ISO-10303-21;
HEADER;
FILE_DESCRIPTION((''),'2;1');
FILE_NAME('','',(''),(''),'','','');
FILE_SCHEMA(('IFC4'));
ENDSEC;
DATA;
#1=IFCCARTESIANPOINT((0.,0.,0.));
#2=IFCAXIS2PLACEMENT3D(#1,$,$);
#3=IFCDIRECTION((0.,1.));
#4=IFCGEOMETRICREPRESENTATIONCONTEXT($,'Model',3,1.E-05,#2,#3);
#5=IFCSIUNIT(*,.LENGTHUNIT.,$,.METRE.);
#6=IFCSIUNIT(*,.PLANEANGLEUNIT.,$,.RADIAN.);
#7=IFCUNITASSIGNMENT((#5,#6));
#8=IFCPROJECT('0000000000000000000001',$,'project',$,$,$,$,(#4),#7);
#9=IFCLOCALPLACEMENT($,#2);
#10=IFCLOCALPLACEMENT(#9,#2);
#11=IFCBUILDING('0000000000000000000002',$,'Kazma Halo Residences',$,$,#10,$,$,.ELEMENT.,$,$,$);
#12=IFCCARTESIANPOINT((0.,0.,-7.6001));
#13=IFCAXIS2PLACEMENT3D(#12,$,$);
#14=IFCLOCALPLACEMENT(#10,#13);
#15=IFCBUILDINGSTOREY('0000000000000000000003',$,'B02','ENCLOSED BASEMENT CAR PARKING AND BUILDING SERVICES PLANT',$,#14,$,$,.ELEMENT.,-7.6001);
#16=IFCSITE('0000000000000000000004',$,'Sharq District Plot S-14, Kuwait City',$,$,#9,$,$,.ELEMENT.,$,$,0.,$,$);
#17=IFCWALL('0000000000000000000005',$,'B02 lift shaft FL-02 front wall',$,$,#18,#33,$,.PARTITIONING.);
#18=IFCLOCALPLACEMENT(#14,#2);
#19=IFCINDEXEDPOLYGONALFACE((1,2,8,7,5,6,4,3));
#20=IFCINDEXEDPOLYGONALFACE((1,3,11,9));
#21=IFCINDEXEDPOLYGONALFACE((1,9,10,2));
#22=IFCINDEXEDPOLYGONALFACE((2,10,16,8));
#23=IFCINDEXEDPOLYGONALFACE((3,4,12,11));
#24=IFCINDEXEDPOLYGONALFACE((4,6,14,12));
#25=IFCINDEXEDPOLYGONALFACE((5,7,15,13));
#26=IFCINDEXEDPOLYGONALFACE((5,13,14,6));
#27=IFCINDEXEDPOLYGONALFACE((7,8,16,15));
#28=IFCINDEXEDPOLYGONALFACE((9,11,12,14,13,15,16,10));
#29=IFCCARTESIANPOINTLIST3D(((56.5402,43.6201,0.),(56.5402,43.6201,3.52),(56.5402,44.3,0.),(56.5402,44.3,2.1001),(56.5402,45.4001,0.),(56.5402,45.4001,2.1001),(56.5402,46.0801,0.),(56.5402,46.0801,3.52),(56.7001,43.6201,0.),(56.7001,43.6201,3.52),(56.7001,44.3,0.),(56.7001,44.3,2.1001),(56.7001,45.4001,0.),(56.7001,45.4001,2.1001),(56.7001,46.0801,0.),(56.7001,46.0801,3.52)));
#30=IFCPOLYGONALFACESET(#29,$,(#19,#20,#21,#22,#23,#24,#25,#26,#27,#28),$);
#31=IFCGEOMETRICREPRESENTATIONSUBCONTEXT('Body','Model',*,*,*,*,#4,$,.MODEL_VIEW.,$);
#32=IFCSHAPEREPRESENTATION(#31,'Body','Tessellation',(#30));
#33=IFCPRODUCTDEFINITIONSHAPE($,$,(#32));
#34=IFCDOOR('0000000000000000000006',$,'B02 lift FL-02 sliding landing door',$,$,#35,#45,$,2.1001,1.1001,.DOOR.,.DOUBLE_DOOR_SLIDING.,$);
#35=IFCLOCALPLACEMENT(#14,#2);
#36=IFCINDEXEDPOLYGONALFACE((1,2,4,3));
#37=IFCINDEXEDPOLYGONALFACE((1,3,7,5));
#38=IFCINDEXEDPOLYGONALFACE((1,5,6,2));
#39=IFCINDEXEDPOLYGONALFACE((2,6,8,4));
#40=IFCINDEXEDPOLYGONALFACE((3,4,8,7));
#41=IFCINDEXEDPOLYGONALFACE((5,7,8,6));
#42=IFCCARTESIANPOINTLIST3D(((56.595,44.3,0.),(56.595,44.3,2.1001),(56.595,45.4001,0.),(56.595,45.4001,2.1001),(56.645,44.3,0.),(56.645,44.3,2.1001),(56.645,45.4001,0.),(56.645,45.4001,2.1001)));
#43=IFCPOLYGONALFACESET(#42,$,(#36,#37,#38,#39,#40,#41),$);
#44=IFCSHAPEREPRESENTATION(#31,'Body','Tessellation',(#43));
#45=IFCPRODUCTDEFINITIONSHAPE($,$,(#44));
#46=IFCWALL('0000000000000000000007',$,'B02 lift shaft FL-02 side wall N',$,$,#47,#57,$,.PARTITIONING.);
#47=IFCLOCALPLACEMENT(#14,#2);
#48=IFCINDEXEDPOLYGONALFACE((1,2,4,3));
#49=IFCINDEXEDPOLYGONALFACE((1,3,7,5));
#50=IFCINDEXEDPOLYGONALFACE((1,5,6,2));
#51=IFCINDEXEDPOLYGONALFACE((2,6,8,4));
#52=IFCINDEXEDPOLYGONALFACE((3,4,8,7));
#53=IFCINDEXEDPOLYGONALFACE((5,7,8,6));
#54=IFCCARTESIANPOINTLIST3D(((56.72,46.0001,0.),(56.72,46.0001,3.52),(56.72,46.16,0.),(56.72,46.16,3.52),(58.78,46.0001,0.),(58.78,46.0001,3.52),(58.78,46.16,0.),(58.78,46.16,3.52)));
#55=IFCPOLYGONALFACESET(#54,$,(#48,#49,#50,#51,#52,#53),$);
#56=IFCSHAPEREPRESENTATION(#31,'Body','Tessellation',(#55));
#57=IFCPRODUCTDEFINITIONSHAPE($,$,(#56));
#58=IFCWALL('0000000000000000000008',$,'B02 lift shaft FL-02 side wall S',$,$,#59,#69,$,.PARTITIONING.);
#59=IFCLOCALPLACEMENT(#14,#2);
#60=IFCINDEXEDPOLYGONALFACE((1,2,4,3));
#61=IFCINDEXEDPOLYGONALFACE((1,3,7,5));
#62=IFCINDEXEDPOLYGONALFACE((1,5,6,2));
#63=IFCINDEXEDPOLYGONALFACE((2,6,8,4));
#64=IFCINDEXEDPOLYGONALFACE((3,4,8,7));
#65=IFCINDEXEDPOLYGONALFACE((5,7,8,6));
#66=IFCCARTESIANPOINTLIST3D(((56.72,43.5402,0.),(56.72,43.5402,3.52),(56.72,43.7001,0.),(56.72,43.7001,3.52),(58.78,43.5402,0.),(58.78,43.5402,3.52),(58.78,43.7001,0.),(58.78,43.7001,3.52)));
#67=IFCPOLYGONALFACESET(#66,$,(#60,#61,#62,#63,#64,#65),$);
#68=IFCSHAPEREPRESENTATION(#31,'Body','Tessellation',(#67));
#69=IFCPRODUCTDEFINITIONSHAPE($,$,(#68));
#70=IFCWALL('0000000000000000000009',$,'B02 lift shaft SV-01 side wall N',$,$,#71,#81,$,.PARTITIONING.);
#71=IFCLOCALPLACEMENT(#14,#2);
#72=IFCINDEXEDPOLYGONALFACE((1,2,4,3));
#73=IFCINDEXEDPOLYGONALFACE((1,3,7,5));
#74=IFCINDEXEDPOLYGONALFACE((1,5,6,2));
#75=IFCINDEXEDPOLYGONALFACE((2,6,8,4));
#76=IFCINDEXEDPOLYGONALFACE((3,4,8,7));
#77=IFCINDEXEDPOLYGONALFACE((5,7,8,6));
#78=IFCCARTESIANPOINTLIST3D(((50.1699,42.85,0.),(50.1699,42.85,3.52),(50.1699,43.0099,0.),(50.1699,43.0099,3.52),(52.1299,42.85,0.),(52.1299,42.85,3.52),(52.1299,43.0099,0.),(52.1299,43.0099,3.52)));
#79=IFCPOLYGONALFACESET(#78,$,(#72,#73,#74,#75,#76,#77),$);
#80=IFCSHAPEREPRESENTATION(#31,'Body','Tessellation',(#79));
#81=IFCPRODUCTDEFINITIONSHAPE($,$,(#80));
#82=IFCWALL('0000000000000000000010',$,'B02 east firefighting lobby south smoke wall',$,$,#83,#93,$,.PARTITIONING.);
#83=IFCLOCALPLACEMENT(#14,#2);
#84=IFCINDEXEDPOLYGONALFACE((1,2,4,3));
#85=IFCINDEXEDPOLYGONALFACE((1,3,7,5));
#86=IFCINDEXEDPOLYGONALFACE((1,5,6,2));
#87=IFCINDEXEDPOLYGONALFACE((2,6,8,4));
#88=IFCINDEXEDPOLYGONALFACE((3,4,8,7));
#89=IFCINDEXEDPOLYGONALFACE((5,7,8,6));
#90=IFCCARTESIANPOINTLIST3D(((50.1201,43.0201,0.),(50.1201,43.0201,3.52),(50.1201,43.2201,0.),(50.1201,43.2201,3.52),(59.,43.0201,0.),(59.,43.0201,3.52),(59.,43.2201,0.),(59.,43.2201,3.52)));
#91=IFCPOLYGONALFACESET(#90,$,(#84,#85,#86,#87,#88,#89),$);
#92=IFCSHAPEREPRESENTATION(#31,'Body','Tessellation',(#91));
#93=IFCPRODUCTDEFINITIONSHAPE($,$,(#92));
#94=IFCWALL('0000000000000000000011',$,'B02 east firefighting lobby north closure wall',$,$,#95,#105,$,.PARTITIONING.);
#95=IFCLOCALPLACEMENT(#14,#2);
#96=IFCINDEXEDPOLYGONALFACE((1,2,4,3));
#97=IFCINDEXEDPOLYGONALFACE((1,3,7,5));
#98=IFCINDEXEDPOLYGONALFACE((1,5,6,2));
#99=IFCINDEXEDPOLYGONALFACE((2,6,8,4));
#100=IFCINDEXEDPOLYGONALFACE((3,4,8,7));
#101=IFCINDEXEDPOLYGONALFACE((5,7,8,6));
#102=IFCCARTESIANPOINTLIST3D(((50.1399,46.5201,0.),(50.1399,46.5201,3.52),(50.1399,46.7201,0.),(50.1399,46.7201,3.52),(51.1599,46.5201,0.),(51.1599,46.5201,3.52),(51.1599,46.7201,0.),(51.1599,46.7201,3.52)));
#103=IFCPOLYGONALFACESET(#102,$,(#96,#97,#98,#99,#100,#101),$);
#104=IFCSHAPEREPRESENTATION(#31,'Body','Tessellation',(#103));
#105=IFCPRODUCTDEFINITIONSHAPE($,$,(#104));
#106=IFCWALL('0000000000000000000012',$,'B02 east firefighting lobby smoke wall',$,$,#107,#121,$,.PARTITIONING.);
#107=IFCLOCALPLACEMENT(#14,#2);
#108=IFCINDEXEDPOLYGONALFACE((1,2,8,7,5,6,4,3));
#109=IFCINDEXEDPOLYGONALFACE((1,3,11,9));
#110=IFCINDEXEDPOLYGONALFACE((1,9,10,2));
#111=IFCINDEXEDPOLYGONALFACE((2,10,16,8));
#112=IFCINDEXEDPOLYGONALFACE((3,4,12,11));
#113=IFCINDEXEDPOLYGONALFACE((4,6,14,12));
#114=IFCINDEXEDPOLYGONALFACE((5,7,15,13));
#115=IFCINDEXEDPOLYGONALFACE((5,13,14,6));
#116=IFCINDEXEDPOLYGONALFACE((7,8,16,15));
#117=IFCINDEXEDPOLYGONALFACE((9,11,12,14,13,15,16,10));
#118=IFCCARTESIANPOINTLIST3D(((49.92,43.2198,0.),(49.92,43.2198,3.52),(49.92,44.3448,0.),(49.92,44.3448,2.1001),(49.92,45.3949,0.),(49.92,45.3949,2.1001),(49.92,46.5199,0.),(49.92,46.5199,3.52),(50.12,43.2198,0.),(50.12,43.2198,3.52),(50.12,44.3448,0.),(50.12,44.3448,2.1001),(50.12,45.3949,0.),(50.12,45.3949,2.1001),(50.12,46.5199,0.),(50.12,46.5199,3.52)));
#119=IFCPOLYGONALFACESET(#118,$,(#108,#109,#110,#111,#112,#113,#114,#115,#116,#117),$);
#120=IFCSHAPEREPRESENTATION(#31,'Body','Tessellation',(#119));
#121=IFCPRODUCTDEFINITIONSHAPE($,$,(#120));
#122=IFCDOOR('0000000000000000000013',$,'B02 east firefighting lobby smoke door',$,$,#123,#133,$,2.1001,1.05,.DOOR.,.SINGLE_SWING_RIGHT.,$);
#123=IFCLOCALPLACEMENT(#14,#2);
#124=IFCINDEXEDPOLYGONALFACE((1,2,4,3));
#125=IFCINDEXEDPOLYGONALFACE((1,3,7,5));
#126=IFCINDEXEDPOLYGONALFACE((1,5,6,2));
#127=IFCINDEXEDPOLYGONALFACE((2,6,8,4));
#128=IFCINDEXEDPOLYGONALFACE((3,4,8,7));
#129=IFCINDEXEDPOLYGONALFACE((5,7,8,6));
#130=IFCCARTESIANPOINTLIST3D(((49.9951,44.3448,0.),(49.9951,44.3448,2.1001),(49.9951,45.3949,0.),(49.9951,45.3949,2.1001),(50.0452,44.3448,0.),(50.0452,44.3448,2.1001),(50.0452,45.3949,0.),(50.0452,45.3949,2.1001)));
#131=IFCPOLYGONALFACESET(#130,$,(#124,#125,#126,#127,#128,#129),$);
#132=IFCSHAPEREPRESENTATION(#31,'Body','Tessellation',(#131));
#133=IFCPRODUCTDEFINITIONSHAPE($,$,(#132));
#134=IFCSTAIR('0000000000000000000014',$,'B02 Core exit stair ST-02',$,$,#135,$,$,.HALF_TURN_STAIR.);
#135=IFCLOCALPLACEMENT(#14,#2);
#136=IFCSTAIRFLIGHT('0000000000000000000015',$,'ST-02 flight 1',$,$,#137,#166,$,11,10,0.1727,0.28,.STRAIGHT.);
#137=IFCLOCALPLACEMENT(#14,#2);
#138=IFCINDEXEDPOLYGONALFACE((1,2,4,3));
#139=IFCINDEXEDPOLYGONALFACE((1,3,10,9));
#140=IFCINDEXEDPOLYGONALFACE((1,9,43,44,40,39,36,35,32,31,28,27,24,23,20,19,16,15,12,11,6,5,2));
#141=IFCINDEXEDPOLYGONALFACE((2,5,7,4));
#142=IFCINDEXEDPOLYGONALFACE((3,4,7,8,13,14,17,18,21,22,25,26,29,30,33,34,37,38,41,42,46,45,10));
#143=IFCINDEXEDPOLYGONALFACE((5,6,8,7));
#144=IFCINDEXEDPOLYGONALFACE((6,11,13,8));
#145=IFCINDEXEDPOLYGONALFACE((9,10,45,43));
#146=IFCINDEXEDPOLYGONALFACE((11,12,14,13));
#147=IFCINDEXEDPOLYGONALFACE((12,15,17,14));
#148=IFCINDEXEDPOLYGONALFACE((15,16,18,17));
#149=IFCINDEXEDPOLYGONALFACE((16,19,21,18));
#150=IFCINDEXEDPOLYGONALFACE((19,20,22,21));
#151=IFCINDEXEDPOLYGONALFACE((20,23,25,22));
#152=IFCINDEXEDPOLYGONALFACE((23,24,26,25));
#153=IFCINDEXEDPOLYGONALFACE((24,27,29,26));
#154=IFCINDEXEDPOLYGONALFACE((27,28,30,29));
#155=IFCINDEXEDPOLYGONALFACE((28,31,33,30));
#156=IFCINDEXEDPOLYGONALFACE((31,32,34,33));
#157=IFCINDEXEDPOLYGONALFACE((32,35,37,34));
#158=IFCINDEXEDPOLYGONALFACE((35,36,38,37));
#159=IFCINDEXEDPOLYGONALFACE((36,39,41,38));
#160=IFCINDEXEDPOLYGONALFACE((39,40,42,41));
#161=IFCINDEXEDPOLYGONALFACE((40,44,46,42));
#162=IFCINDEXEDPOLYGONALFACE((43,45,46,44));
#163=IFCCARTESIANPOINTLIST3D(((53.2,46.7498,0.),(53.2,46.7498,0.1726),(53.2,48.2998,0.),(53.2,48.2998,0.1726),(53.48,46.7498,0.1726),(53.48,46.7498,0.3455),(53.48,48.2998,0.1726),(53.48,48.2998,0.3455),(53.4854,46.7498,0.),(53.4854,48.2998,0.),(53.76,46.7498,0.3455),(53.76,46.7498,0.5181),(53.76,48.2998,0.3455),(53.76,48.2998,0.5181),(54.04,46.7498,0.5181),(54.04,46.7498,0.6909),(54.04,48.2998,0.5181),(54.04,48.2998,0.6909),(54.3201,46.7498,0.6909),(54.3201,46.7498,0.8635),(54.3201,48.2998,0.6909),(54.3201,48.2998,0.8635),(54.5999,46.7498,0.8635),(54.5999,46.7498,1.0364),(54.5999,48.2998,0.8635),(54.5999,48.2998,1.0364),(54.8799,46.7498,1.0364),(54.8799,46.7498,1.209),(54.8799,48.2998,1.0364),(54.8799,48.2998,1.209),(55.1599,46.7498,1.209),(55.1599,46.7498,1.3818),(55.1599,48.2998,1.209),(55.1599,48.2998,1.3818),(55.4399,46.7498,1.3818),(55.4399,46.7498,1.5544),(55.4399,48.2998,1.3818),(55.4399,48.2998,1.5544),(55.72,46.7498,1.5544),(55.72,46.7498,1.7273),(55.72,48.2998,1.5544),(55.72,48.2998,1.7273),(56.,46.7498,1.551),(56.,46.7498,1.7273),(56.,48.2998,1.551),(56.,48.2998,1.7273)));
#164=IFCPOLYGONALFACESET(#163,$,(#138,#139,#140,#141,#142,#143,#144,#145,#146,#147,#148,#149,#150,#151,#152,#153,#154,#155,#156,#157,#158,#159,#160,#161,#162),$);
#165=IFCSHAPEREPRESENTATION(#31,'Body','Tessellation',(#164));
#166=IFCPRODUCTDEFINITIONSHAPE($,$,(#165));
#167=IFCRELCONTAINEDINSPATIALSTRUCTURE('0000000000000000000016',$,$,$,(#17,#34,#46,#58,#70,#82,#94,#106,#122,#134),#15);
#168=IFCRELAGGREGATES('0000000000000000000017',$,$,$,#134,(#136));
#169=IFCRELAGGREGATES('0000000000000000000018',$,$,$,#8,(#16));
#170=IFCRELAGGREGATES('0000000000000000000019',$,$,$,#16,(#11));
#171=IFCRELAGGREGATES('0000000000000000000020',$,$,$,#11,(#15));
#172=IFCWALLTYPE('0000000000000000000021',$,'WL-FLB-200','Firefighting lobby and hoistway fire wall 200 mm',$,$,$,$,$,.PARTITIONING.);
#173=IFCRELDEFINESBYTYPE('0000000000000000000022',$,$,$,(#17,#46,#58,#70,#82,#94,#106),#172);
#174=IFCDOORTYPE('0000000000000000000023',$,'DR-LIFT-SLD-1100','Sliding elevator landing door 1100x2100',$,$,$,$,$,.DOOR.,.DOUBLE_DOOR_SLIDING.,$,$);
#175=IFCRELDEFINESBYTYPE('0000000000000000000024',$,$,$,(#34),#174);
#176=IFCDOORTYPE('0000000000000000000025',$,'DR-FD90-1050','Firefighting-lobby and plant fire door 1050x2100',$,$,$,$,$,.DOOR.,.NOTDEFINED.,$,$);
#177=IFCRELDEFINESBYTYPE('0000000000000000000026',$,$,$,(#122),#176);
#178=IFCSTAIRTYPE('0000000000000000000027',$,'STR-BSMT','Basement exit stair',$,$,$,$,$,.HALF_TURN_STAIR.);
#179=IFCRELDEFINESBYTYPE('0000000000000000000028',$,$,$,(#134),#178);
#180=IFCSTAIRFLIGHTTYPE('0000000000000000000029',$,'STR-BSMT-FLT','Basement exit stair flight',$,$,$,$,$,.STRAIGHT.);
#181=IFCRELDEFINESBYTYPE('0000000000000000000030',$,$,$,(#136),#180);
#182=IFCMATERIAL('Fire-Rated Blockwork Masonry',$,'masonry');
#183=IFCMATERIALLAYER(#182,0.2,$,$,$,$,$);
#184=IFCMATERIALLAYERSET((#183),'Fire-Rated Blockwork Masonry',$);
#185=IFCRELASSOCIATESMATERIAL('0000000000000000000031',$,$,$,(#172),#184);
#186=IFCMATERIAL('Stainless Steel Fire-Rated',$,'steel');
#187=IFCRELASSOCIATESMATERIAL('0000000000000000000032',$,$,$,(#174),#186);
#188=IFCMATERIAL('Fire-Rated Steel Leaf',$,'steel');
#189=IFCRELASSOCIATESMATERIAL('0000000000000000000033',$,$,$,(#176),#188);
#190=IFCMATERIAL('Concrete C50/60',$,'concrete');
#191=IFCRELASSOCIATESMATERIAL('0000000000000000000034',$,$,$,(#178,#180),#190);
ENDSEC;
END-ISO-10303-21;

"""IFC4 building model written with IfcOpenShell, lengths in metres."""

from ifc_helpers import new_model, si_unit, direction, frame, frame_2d, origin, place, context, subcontext, project, spatial, polyline, rectangle, outline, extrude, material, layer, layer_set, type_object, element, fill, aggregate, save


model = new_model("IFC4")

# Units and contexts
model_context = context("Model", 3, precision=1e-05, world=origin(), true_north=direction((0.0, 1.0)))
body_context = subcontext(model_context, "Body", "Model", "MODEL_VIEW")
ifc_project = project(units=[si_unit("LENGTHUNIT", "METRE"), si_unit("PLANEANGLEUNIT", "RADIAN")], contexts=[model_context])

# Site, building, storey
site_placement = place(None, origin())
site = spatial("IfcSite", under=ifc_project, at=site_placement, Name="Sharq District Plot S-14, Kuwait City", CompositionType="ELEMENT", RefElevation=0.0)
building_placement = place(site_placement, origin())
building = spatial("IfcBuilding", under=site, at=building_placement, Name="Kazma Halo Residences", CompositionType="ELEMENT")
storey_placement = place(building_placement, frame((0.0, 0.0, -7.6001)))
storey = spatial("IfcBuildingStorey", under=building, at=storey_placement, Name="B02", Description="ENCLOSED BASEMENT CAR PARKING AND BUILDING SERVICES PLANT", CompositionType="ELEMENT", Elevation=-7.6001)

# Wall, opening, door
ifc_material_1 = material(Name="Fire-Rated Blockwork Masonry", Category="masonry")
ifc_layer_1 = layer(ifc_material_1, 0.2)
ifc_layer_set_1 = layer_set([ifc_layer_1], Name="Fire-Rated Blockwork Masonry")
wall_type_1 = type_object("IfcWallType", Name="WL-FLB-200", Description="Firefighting lobby and hoistway fire wall 200 mm", PredefinedType="PARTITIONING", material=ifc_layer_set_1)
wall_1_placement = place(storey_placement, frame((56.6201, 46.0801, 0.0), z_axis=(0.0, 0.0, 1.0), x_axis=(0.0, -1.0, 0.0)))
wall_1 = element("IfcWall", 1, at=wall_1_placement, inside=storey, type_object=wall_type_1, Name="B02 lift shaft FL-02 front wall", PredefinedType="PARTITIONING", context=body_context, shape_type="SweptSolid", body=[
    extrude(rectangle(XDim=2.46, YDim=0.1599, at=frame_2d((1.23, 0.0))), origin(), (0.0, 0.0, 1.0), 3.52),
])
opening_1_placement = place(wall_1_placement, frame((0.6799, 0.0, 0.0)))
opening_1 = element("IfcOpeningElement", 2, at=opening_1_placement, cuts=wall_1, PredefinedType="OPENING", context=body_context, shape_type="SweptSolid", body=[
    extrude(rectangle(XDim=1.1001, YDim=2.1001, at=frame_2d((0.55, 1.05))), frame((0.0, 0.0898, 0.0), z_axis=(0.0, -1.0, 0.0), x_axis=(1.0, 0.0, 0.0)), (0.0, 0.0, 1.0), 0.1799),
])
ifc_material_2 = material(Name="Stainless Steel Fire-Rated", Category="steel")
door_type_1 = type_object("IfcDoorType", Name="DR-LIFT-SLD-1100", Description="Sliding elevator landing door 1100x2100", OperationType="DOUBLE_DOOR_SLIDING", PredefinedType="DOOR", material=ifc_material_2)
door_1_placement = place(opening_1_placement, origin())
door_1 = element("IfcDoor", 3, at=door_1_placement, inside=storey, type_object=door_type_1, Name="B02 lift FL-02 sliding landing door", OperationType="DOUBLE_DOOR_SLIDING", OverallHeight=2.1001, OverallWidth=1.1001, PredefinedType="DOOR", context=body_context, shape_type="SweptSolid", body=[
    extrude(rectangle(XDim=1.1001, YDim=2.1001, at=frame_2d((0.55, 1.05))), frame((0.0, 0.0249, 0.0), z_axis=(0.0, -1.0, 0.0), x_axis=(1.0, 0.0, 0.0)), (0.0, 0.0, 1.0), 0.05),
])
fill(opening_1, door_1)

# Walls
for number, where, z_axis, x_axis, name in (
    (4, (56.72, 46.0801, 0.0), (0.0, 0.0, 1.0), (1.0, 0.0, 0.0), "B02 lift shaft FL-02 side wall N"),
    (5, (56.72, 43.6201, 0.0), (0.0, 0.0, 1.0), (1.0, 0.0, 0.0), "B02 lift shaft FL-02 side wall S"),
):
    element("IfcWall", number, at=place(storey_placement, frame(where, z_axis=z_axis, x_axis=x_axis)), inside=storey, type_object=wall_type_1, Name=name, PredefinedType="PARTITIONING", context=body_context, shape_type="SweptSolid", body=[
        extrude(rectangle(XDim=2.0601, YDim=0.1599, at=frame_2d((1.03, 0.0))), origin(), (0.0, 0.0, 1.0), 3.52),
    ])
wall_2_placement = place(storey_placement, frame((50.1699, 42.9299, 0.0), z_axis=(0.0, 0.0, 1.0), x_axis=(1.0, 0.0, 0.0)))
element("IfcWall", 6, at=wall_2_placement, inside=storey, type_object=wall_type_1, Name="B02 lift shaft SV-01 side wall N", PredefinedType="PARTITIONING", context=body_context, shape_type="SweptSolid", body=[
    extrude(rectangle(XDim=1.96, YDim=0.1599, at=frame_2d((0.98, 0.0))), origin(), (0.0, 0.0, 1.0), 3.52),
])
wall_3_placement = place(storey_placement, frame((50.1201, 43.1201, 0.0), z_axis=(0.0, 0.0, 1.0), x_axis=(1.0, 0.0, 0.0)))
element("IfcWall", 7, at=wall_3_placement, inside=storey, type_object=wall_type_1, Name="B02 east firefighting lobby south smoke wall", PredefinedType="PARTITIONING", context=body_context, shape_type="SweptSolid", body=[
    extrude(rectangle(XDim=8.8799, YDim=0.2, at=frame_2d((4.4399, 0.0))), origin(), (0.0, 0.0, 1.0), 3.52),
])
wall_4_placement = place(storey_placement, frame((50.1399, 46.6201, 0.0), z_axis=(0.0, 0.0, 1.0), x_axis=(1.0, 0.0, 0.0)))
element("IfcWall", 8, at=wall_4_placement, inside=storey, type_object=wall_type_1, Name="B02 east firefighting lobby north closure wall", PredefinedType="PARTITIONING", context=body_context, shape_type="SweptSolid", body=[
    extrude(rectangle(XDim=1.02, YDim=0.2, at=frame_2d((0.51, 0.0))), origin(), (0.0, 0.0, 1.0), 3.52),
])

# Wall, opening, door
wall_5_placement = place(storey_placement, frame((50.02, 43.22, 0.0), z_axis=(0.0, 0.0, 1.0), x_axis=(0.0, 1.0, 0.0)))
wall_5 = element("IfcWall", 9, at=wall_5_placement, inside=storey, type_object=wall_type_1, Name="B02 east firefighting lobby smoke wall", PredefinedType="PARTITIONING", context=body_context, shape_type="SweptSolid", body=[
    extrude(rectangle(XDim=3.3, YDim=0.2, at=frame_2d((1.6499, 0.0))), origin(), (0.0, 0.0, 1.0), 3.52),
])
opening_2_placement = place(wall_5_placement, frame((1.125, 0.0, 0.0)))
opening_2 = element("IfcOpeningElement", 10, at=opening_2_placement, cuts=wall_5, PredefinedType="OPENING", context=body_context, shape_type="SweptSolid", body=[
    extrude(rectangle(XDim=1.05, YDim=2.1001, at=frame_2d((0.5249, 1.05))), frame((0.0, 0.1099, 0.0), z_axis=(0.0, -1.0, 0.0), x_axis=(1.0, 0.0, 0.0)), (0.0, 0.0, 1.0), 0.22),
])
ifc_material_3 = material(Name="Fire-Rated Steel Leaf", Category="steel")
door_type_2 = type_object("IfcDoorType", Name="DR-FD90-1050", Description="Firefighting-lobby and plant fire door 1050x2100", OperationType="NOTDEFINED", PredefinedType="DOOR", material=ifc_material_3)
door_2_placement = place(opening_2_placement, origin())
door_2 = element("IfcDoor", 11, at=door_2_placement, inside=storey, type_object=door_type_2, Name="B02 east firefighting lobby smoke door", OperationType="SINGLE_SWING_RIGHT", OverallHeight=2.1001, OverallWidth=1.05, PredefinedType="DOOR", context=body_context, shape_type="SweptSolid", body=[
    extrude(rectangle(XDim=1.05, YDim=2.1001, at=frame_2d((0.5249, 1.05))), frame((0.0, 0.0249, 0.0), z_axis=(0.0, -1.0, 0.0), x_axis=(1.0, 0.0, 0.0)), (0.0, 0.0, 1.0), 0.05),
])
fill(opening_2, door_2)
ifc_material_4 = material(Name="Concrete C50/60", Category="concrete")

# Stair, stair flight
stair_type = type_object("IfcStairType", Name="STR-BSMT", Description="Basement exit stair", PredefinedType="HALF_TURN_STAIR", material=ifc_material_4)
stair_placement = place(storey_placement, origin())
stair = element("IfcStair", 12, at=stair_placement, inside=storey, type_object=stair_type, Name="B02 Core exit stair ST-02", PredefinedType="HALF_TURN_STAIR")
stair_flight_type = type_object("IfcStairFlightType", Name="STR-BSMT-FLT", Description="Basement exit stair flight", PredefinedType="STRAIGHT", material=ifc_material_4)
stair_flight_placement = place(storey_placement, frame((53.2, 47.5249, 0.0), z_axis=(0.0, 0.0, 1.0), x_axis=(1.0, 0.0, 0.0)))
stair_flight = element("IfcStairFlight", 13, at=stair_flight_placement, type_object=stair_flight_type, Name="ST-02 flight 1", NumberOfRisers=11, NumberOfTreads=10, PredefinedType="STRAIGHT", RiserHeight=0.1727, TreadLength=0.28, context=body_context, shape_type="SweptSolid", body=[
    extrude(outline(polyline([(0.0, 0.0), (0.0, 0.1726), (0.28, 0.1726), (0.28, 0.3455), (0.5601, 0.3455), (0.5601, 0.5181), (0.8401, 0.5181), (0.8401, 0.6909), (1.1201, 0.6909), (1.1201, 0.8635), (1.3999, 0.8635), (1.3999, 1.0364), (1.6799, 1.0364), (1.6799, 1.209), (1.96, 1.209), (1.96, 1.3818), (2.24, 1.3818), (2.24, 1.5544), (2.52, 1.5544), (2.52, 1.7273), (2.8, 1.7273), (2.8, 1.8999), (2.8, 1.551), (0.2854, 0.0), (0.0, 0.0)])), frame((0.0, 0.7749, 0.0), z_axis=(0.0, -1.0, 0.0), x_axis=(1.0, 0.0, 0.0)), (0.0, 0.0, 1.0), 1.55),
])
aggregate(stair, [stair_flight])

save(model, "model.ifc")
